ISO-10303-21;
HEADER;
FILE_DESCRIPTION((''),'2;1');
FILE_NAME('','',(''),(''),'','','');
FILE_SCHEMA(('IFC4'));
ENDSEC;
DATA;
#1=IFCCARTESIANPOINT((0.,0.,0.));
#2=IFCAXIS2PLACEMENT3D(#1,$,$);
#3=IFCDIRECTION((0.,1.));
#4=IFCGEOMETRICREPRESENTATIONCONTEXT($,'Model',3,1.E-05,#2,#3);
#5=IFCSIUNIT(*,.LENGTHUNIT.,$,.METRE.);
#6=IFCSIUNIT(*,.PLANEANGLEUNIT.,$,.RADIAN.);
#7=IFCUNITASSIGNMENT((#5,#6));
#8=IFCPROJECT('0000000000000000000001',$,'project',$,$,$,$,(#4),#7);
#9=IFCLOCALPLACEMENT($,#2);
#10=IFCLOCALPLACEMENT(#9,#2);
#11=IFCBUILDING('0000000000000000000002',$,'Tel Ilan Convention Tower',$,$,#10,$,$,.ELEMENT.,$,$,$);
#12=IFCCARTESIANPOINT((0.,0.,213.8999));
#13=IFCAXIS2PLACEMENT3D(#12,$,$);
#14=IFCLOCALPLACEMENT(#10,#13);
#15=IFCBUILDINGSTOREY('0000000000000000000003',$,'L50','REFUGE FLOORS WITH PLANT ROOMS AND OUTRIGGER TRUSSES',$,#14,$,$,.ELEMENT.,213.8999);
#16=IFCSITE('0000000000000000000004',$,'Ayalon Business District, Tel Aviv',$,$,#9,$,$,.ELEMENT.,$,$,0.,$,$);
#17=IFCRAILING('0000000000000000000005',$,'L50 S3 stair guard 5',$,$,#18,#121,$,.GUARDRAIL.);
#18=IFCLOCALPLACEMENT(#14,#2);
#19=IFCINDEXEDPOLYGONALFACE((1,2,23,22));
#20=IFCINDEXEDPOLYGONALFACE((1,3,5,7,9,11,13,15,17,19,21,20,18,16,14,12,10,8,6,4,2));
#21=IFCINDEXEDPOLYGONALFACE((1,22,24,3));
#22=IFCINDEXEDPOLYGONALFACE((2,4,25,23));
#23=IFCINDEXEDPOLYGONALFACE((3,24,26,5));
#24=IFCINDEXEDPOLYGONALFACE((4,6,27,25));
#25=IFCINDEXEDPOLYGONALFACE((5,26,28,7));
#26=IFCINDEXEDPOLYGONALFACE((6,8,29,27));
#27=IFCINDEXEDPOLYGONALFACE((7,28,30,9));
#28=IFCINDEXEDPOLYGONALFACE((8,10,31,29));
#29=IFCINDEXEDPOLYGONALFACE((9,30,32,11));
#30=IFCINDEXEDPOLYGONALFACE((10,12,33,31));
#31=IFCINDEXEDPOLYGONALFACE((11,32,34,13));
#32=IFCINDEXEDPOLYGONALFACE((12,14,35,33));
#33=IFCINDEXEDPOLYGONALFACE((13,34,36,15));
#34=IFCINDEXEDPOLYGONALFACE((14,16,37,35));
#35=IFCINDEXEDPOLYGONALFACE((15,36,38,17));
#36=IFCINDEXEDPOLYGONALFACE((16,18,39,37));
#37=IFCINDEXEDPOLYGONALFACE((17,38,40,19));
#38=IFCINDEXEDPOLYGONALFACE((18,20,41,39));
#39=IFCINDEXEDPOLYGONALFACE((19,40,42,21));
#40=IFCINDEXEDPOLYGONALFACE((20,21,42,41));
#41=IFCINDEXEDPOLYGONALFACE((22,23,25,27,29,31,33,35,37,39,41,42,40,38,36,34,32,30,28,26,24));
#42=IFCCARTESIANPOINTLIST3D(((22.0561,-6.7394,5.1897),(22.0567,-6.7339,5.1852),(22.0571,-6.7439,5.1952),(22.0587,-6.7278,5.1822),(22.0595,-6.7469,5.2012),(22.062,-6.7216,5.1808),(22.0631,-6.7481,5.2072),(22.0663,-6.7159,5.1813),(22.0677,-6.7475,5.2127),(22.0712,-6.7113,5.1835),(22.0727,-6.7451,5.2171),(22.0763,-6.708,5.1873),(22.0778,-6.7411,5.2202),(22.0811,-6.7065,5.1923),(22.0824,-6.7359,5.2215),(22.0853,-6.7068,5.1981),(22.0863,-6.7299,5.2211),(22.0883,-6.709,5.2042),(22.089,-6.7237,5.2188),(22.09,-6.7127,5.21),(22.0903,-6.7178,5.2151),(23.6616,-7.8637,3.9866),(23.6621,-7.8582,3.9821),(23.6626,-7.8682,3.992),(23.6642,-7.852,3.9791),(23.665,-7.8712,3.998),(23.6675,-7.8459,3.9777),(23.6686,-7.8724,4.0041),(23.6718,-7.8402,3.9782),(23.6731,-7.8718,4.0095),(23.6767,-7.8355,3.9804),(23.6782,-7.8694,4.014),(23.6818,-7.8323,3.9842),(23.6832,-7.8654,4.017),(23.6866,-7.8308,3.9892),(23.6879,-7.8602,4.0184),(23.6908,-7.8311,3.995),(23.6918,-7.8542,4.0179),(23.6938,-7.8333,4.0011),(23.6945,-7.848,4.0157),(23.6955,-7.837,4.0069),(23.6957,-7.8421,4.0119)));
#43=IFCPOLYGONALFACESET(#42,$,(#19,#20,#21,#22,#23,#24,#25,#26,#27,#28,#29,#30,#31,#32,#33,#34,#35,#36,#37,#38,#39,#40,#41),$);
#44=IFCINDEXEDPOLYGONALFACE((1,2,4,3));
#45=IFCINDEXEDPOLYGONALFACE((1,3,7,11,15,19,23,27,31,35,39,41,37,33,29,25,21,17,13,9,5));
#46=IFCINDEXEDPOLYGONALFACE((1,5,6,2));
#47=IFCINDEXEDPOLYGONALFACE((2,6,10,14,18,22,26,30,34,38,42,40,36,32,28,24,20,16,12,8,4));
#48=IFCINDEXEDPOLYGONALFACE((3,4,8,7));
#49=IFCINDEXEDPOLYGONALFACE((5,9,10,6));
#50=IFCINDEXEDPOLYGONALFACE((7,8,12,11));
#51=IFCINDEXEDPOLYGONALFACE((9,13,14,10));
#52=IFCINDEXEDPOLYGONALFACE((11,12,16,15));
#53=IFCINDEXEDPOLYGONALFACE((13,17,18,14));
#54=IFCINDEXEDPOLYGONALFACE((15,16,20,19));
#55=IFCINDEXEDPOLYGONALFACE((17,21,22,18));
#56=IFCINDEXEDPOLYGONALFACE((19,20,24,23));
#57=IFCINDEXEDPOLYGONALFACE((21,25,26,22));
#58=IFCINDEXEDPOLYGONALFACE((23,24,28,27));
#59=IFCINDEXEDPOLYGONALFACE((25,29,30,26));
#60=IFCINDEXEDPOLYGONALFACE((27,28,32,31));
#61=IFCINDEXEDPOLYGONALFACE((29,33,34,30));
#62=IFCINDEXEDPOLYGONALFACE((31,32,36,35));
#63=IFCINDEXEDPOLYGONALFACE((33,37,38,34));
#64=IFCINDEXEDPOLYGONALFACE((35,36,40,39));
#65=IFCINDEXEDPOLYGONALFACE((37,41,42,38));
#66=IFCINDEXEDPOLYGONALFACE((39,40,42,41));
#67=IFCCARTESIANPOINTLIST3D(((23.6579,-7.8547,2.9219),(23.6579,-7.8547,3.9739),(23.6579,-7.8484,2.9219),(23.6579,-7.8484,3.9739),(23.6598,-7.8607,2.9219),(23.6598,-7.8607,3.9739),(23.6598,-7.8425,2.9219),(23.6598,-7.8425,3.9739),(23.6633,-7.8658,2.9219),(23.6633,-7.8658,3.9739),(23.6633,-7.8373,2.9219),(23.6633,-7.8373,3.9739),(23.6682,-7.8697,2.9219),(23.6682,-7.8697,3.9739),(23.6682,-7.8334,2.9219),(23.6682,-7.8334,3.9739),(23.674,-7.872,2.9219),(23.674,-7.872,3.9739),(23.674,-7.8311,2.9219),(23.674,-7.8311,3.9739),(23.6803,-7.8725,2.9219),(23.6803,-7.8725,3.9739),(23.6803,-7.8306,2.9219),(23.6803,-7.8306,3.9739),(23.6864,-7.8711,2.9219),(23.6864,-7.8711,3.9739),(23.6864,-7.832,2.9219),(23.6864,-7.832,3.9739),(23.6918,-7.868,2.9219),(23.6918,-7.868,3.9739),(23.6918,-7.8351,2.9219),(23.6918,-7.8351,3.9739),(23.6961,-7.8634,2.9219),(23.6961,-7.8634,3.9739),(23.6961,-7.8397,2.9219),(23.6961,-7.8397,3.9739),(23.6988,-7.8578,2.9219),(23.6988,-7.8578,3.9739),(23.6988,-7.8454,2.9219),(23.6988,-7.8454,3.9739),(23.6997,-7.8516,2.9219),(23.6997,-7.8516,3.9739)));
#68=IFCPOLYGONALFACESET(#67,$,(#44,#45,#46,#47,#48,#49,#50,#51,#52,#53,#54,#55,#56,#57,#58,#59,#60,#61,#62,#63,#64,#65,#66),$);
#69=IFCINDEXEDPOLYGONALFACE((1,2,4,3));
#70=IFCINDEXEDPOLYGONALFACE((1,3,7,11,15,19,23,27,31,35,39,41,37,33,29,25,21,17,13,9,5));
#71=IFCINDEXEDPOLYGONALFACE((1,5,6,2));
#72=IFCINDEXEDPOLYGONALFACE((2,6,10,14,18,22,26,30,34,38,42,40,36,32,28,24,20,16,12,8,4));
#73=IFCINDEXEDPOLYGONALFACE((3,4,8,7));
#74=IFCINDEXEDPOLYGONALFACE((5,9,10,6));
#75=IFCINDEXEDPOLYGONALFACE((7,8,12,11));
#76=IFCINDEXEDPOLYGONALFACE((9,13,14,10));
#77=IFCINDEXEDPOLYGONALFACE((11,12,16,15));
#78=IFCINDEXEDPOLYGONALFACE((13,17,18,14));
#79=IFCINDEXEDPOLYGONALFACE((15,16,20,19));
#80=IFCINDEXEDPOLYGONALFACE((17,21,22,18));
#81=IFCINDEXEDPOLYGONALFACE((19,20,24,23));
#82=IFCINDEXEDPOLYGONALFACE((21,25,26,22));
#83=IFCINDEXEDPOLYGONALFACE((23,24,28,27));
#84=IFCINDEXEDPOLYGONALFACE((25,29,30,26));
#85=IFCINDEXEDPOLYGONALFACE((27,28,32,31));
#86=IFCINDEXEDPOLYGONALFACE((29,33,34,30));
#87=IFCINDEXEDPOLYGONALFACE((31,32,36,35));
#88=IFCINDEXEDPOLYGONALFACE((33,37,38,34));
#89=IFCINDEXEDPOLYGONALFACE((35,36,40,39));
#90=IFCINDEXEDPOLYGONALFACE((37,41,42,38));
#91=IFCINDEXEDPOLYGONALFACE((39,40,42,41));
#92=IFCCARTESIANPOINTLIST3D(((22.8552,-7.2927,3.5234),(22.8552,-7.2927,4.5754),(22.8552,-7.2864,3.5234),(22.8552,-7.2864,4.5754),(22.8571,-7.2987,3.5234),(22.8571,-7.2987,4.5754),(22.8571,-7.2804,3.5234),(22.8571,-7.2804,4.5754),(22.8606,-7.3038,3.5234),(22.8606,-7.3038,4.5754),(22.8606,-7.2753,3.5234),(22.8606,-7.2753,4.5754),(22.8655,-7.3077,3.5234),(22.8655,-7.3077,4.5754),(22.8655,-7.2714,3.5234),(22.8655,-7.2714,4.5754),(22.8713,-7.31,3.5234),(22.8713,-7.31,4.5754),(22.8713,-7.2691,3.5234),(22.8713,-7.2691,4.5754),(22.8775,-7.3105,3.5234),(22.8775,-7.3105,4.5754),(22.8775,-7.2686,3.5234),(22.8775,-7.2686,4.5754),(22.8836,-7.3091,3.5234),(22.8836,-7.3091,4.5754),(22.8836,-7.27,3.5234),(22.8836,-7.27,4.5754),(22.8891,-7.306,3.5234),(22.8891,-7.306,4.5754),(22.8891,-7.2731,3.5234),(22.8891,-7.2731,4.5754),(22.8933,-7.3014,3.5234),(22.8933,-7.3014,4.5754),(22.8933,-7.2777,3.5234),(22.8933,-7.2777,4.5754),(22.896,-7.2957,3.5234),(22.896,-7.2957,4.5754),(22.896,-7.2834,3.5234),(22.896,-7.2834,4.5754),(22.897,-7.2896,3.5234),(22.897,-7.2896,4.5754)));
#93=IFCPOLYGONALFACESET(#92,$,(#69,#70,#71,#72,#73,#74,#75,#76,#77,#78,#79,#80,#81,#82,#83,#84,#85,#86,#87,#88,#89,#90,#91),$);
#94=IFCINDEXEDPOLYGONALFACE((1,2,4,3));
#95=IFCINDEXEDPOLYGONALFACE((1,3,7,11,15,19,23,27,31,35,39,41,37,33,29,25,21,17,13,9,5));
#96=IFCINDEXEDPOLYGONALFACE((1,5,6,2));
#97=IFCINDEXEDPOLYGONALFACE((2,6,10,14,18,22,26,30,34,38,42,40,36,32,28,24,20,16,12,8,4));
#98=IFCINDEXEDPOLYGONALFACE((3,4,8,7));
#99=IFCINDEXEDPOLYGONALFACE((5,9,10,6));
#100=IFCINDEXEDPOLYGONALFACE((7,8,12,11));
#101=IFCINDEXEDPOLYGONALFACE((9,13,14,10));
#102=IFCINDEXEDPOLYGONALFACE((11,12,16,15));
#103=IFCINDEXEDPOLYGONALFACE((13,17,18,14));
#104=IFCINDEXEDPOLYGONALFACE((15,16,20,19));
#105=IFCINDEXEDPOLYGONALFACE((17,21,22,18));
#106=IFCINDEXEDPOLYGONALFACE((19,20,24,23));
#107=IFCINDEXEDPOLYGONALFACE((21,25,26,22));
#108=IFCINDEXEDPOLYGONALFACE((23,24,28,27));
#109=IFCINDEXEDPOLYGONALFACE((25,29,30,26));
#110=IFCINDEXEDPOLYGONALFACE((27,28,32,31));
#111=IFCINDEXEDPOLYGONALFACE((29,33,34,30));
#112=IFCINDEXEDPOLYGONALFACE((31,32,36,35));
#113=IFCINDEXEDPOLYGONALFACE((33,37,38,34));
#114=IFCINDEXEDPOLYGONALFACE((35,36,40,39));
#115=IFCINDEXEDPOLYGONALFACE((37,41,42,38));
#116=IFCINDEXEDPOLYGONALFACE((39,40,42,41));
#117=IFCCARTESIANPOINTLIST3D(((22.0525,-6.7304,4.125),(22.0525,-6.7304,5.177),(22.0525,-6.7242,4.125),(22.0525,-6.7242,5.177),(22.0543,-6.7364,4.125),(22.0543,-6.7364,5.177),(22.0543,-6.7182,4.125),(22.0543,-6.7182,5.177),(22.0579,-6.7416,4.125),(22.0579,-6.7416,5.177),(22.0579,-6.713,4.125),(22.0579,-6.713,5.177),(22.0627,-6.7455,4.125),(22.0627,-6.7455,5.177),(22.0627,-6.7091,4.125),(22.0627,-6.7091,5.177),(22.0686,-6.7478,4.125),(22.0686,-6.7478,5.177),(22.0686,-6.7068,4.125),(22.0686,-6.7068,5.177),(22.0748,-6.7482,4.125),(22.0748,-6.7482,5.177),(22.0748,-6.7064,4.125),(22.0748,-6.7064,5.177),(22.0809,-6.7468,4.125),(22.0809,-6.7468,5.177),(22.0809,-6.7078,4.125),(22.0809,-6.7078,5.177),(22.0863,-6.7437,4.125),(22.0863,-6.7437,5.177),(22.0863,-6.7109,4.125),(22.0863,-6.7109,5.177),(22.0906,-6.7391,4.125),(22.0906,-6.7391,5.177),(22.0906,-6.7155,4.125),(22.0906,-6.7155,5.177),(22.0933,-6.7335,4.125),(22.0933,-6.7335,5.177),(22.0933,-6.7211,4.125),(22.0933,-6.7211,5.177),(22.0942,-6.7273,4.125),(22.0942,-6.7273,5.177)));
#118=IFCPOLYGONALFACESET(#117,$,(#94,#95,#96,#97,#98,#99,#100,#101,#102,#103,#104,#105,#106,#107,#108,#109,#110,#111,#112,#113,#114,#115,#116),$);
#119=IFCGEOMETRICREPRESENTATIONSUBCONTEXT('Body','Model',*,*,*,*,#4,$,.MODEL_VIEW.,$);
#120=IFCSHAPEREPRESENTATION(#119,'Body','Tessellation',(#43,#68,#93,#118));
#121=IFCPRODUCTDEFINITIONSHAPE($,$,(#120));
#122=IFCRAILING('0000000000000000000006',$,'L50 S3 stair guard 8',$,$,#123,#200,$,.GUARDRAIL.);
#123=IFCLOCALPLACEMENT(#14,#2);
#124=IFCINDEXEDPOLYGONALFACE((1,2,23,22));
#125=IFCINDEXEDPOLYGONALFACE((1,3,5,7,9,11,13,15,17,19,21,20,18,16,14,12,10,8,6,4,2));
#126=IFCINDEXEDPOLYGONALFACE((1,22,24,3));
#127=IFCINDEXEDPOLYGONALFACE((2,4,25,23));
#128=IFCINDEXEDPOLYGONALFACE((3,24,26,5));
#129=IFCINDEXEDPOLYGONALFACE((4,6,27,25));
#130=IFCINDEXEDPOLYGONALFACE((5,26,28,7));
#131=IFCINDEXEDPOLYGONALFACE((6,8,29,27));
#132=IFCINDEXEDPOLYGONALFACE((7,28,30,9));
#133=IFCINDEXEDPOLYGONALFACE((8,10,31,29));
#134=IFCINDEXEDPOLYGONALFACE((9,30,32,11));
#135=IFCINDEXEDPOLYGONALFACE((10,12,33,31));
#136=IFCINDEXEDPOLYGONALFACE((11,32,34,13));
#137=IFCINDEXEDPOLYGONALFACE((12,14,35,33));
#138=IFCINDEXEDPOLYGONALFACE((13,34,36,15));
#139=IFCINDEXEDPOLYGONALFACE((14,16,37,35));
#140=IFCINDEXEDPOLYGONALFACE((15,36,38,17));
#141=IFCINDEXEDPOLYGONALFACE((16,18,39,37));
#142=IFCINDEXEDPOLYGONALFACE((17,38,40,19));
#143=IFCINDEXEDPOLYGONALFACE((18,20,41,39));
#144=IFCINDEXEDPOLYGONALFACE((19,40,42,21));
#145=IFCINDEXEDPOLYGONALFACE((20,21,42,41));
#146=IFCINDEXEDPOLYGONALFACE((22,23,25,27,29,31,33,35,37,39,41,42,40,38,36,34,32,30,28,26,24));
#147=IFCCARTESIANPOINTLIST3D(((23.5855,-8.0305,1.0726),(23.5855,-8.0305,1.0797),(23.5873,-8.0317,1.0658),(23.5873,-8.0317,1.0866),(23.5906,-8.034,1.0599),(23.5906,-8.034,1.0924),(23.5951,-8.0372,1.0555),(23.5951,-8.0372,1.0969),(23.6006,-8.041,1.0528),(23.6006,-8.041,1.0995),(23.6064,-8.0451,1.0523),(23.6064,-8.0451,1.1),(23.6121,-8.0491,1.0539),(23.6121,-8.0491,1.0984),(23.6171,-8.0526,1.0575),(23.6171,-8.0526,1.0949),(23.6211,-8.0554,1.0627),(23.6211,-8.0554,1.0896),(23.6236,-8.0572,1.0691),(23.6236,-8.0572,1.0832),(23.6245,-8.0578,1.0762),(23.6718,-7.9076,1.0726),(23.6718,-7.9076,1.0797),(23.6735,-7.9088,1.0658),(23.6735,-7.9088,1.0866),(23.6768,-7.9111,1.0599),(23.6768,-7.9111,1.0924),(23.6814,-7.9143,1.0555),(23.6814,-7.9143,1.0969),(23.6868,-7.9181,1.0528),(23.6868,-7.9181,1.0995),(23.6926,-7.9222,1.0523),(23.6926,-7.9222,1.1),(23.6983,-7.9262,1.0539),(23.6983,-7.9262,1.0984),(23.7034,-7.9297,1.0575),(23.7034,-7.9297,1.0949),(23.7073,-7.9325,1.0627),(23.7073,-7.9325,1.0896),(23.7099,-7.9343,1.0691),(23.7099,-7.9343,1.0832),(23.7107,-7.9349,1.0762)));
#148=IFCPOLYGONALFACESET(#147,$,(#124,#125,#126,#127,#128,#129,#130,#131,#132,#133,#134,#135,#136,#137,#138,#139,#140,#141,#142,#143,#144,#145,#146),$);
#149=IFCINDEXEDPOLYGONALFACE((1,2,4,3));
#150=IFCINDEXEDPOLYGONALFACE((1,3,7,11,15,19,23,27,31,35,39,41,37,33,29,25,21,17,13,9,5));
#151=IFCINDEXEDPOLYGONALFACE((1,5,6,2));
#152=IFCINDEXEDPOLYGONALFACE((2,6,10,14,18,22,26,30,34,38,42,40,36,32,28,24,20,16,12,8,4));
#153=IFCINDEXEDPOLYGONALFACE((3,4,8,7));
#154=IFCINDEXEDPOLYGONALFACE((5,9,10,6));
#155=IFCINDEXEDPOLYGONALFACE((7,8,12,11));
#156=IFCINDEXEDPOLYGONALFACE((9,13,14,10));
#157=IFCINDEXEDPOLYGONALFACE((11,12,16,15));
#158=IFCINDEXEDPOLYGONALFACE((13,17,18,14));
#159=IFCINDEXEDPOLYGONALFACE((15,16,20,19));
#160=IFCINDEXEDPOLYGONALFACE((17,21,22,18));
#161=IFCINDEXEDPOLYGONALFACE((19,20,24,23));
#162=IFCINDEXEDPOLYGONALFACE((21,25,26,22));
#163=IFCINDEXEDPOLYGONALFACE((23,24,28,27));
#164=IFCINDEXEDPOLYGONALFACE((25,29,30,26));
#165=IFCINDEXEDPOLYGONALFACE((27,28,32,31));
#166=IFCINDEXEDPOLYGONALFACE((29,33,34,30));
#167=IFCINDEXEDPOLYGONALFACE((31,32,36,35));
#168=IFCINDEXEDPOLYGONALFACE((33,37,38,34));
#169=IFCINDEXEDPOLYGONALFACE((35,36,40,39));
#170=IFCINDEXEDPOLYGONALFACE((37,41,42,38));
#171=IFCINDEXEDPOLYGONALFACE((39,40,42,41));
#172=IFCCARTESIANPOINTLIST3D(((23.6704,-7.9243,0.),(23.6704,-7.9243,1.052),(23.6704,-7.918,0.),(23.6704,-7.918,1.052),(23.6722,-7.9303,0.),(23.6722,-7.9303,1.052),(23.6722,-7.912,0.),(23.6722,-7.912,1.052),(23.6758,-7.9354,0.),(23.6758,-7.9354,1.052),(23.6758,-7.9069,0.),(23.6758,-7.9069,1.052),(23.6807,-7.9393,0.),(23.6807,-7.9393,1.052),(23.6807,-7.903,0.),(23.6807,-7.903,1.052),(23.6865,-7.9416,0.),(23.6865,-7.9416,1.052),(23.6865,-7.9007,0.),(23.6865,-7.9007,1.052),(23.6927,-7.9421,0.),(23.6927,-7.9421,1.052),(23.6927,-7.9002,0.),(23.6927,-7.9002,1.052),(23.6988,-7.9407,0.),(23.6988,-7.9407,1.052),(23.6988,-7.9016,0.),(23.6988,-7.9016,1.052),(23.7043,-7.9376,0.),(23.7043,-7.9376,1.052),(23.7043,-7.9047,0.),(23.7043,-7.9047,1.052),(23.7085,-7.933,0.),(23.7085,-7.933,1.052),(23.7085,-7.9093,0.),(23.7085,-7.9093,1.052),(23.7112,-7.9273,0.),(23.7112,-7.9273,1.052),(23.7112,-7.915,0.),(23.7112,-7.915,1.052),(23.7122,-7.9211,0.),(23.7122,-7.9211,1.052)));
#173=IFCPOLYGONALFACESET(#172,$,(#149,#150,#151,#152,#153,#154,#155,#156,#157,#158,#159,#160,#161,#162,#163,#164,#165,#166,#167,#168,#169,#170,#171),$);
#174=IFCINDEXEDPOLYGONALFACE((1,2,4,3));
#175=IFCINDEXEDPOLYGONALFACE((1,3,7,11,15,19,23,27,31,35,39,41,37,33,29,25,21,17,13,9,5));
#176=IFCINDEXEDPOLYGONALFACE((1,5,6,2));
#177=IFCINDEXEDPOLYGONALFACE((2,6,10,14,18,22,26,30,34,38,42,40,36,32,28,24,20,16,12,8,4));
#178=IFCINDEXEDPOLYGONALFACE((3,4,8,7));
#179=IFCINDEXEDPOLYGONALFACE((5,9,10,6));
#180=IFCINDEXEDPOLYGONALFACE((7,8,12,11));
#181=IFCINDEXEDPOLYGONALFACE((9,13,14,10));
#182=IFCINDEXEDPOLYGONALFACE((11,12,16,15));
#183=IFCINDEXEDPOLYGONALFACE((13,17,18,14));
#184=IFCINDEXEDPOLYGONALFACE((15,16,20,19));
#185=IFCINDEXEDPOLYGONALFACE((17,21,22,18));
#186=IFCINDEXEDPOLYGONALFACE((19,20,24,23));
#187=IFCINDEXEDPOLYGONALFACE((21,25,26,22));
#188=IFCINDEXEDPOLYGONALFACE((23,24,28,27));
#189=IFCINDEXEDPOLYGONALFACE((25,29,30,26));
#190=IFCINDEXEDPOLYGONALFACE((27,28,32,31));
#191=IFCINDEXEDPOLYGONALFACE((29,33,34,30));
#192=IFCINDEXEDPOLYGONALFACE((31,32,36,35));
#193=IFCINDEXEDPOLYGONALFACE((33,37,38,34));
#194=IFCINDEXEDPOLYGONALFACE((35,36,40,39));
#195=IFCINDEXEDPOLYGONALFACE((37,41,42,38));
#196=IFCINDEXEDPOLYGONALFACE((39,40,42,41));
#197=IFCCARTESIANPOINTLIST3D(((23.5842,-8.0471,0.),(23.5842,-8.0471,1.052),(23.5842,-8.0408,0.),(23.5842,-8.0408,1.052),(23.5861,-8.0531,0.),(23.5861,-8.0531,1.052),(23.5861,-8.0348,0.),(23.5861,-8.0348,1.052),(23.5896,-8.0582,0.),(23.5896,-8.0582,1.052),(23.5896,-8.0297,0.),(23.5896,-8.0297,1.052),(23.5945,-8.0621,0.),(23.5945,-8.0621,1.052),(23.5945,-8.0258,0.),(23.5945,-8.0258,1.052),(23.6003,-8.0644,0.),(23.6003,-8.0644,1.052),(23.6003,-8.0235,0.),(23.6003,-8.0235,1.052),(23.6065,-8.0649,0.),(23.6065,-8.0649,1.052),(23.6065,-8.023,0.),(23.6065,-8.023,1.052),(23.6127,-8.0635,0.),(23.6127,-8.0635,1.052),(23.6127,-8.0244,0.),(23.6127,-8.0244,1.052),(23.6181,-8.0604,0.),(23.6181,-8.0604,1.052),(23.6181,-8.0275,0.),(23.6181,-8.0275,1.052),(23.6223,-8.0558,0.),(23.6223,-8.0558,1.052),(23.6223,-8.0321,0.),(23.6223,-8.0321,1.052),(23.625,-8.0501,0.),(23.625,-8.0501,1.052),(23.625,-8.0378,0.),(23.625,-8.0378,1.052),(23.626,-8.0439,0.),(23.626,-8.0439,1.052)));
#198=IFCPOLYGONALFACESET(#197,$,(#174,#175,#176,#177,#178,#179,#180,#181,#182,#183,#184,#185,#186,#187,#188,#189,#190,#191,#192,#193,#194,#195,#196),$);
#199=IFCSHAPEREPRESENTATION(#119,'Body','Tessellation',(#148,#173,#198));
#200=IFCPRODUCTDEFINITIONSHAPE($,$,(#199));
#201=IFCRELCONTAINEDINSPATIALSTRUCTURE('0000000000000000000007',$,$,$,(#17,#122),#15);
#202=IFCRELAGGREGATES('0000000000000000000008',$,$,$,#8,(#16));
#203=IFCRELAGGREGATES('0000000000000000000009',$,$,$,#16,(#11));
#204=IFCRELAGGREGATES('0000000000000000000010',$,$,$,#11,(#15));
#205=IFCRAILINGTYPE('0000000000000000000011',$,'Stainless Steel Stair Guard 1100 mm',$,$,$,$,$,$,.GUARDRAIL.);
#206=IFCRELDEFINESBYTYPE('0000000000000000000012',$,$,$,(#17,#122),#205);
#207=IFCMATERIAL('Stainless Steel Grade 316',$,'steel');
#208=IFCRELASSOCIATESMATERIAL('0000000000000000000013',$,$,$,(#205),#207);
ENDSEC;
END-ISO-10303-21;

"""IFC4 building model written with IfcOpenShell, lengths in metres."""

from ifc_helpers import new_model, si_unit, direction, frame, origin, origin_2d, place, context, subcontext, project, spatial, circle, extrude, material, type_object, element, save


model = new_model("IFC4")

# Units and contexts
model_context = context("Model", 3, precision=1e-05, world=origin(), true_north=direction((0.0, 1.0)))
body_context = subcontext(model_context, "Body", "Model", "MODEL_VIEW")
ifc_project = project(units=[si_unit("LENGTHUNIT", "METRE"), si_unit("PLANEANGLEUNIT", "RADIAN")], contexts=[model_context])

# Site, building, storey
site_placement = place(None, origin())
site = spatial("IfcSite", under=ifc_project, at=site_placement, Name="Ayalon Business District, Tel Aviv", CompositionType="ELEMENT", RefElevation=0.0)
building_placement = place(site_placement, origin())
building = spatial("IfcBuilding", under=site, at=building_placement, Name="Tel Ilan Convention Tower", CompositionType="ELEMENT")
storey_placement = place(building_placement, frame((0.0, 0.0, 213.8999)))
storey = spatial("IfcBuildingStorey", under=building, at=storey_placement, Name="L50", Description="REFUGE FLOORS WITH PLANT ROOMS AND OUTRIGGER TRUSSES", CompositionType="ELEMENT", Elevation=213.8999)

# Railings
ifc_material_1 = material(Name="Stainless Steel Grade 316", Category="steel")
railing_type_1 = type_object("IfcRailingType", Name="Stainless Steel Stair Guard 1100 mm", PredefinedType="GUARDRAIL", material=ifc_material_1)
railing_1_placement = place(storey_placement, frame((23.6787, -7.8516, 2.9219)))
element("IfcRailing", 1, at=railing_1_placement, inside=storey, type_object=railing_type_1, Name="L50 S3 stair guard 5", PredefinedType="GUARDRAIL", context=body_context, shape_type="SweptSolid", body=[
    extrude(circle(Radius=0.0239, at=origin_2d()), frame((0.0, 0.0, 1.0762), z_axis=(-0.698095, 0.488857, 0.523146), x_axis=(-0.573613, -0.819127, 0.0)), (0.0, 0.0, 1.0), 2.2998),
    extrude(circle(Radius=0.021, at=origin_2d()), origin(), (0.0, 0.0, 1.0), 1.052),
    extrude(circle(Radius=0.021, at=origin_2d()), frame((-0.8027, 0.562, 0.6016)), (0.0, 0.0, 1.0), 1.052),
    extrude(circle(Radius=0.021, at=origin_2d()), frame((-1.6055, 1.1243, 1.2031)), (0.0, 0.0, 1.0), 1.052),
])
railing_2_placement = place(storey_placement, frame((23.6912, -7.9211, 0.0)))
element("IfcRailing", 2, at=railing_2_placement, inside=storey, type_object=railing_type_1, Name="L50 S3 stair guard 8", PredefinedType="GUARDRAIL", context=body_context, shape_type="SweptSolid", body=[
    extrude(circle(Radius=0.0239, at=origin_2d()), frame((0.0, 0.0, 1.0762), z_axis=(-0.574445, -0.818543, 0.0), x_axis=(0.818543, -0.574445, 0.0)), (0.0, 0.0, 1.0), 0.1501),
    extrude(circle(Radius=0.021, at=origin_2d()), origin(), (0.0, 0.0, 1.0), 1.052),
    extrude(circle(Radius=0.021, at=origin_2d()), frame((-0.0862, -0.1228, 0.0)), (0.0, 0.0, 1.0), 1.052),
])

save(model, "model.ifc")
